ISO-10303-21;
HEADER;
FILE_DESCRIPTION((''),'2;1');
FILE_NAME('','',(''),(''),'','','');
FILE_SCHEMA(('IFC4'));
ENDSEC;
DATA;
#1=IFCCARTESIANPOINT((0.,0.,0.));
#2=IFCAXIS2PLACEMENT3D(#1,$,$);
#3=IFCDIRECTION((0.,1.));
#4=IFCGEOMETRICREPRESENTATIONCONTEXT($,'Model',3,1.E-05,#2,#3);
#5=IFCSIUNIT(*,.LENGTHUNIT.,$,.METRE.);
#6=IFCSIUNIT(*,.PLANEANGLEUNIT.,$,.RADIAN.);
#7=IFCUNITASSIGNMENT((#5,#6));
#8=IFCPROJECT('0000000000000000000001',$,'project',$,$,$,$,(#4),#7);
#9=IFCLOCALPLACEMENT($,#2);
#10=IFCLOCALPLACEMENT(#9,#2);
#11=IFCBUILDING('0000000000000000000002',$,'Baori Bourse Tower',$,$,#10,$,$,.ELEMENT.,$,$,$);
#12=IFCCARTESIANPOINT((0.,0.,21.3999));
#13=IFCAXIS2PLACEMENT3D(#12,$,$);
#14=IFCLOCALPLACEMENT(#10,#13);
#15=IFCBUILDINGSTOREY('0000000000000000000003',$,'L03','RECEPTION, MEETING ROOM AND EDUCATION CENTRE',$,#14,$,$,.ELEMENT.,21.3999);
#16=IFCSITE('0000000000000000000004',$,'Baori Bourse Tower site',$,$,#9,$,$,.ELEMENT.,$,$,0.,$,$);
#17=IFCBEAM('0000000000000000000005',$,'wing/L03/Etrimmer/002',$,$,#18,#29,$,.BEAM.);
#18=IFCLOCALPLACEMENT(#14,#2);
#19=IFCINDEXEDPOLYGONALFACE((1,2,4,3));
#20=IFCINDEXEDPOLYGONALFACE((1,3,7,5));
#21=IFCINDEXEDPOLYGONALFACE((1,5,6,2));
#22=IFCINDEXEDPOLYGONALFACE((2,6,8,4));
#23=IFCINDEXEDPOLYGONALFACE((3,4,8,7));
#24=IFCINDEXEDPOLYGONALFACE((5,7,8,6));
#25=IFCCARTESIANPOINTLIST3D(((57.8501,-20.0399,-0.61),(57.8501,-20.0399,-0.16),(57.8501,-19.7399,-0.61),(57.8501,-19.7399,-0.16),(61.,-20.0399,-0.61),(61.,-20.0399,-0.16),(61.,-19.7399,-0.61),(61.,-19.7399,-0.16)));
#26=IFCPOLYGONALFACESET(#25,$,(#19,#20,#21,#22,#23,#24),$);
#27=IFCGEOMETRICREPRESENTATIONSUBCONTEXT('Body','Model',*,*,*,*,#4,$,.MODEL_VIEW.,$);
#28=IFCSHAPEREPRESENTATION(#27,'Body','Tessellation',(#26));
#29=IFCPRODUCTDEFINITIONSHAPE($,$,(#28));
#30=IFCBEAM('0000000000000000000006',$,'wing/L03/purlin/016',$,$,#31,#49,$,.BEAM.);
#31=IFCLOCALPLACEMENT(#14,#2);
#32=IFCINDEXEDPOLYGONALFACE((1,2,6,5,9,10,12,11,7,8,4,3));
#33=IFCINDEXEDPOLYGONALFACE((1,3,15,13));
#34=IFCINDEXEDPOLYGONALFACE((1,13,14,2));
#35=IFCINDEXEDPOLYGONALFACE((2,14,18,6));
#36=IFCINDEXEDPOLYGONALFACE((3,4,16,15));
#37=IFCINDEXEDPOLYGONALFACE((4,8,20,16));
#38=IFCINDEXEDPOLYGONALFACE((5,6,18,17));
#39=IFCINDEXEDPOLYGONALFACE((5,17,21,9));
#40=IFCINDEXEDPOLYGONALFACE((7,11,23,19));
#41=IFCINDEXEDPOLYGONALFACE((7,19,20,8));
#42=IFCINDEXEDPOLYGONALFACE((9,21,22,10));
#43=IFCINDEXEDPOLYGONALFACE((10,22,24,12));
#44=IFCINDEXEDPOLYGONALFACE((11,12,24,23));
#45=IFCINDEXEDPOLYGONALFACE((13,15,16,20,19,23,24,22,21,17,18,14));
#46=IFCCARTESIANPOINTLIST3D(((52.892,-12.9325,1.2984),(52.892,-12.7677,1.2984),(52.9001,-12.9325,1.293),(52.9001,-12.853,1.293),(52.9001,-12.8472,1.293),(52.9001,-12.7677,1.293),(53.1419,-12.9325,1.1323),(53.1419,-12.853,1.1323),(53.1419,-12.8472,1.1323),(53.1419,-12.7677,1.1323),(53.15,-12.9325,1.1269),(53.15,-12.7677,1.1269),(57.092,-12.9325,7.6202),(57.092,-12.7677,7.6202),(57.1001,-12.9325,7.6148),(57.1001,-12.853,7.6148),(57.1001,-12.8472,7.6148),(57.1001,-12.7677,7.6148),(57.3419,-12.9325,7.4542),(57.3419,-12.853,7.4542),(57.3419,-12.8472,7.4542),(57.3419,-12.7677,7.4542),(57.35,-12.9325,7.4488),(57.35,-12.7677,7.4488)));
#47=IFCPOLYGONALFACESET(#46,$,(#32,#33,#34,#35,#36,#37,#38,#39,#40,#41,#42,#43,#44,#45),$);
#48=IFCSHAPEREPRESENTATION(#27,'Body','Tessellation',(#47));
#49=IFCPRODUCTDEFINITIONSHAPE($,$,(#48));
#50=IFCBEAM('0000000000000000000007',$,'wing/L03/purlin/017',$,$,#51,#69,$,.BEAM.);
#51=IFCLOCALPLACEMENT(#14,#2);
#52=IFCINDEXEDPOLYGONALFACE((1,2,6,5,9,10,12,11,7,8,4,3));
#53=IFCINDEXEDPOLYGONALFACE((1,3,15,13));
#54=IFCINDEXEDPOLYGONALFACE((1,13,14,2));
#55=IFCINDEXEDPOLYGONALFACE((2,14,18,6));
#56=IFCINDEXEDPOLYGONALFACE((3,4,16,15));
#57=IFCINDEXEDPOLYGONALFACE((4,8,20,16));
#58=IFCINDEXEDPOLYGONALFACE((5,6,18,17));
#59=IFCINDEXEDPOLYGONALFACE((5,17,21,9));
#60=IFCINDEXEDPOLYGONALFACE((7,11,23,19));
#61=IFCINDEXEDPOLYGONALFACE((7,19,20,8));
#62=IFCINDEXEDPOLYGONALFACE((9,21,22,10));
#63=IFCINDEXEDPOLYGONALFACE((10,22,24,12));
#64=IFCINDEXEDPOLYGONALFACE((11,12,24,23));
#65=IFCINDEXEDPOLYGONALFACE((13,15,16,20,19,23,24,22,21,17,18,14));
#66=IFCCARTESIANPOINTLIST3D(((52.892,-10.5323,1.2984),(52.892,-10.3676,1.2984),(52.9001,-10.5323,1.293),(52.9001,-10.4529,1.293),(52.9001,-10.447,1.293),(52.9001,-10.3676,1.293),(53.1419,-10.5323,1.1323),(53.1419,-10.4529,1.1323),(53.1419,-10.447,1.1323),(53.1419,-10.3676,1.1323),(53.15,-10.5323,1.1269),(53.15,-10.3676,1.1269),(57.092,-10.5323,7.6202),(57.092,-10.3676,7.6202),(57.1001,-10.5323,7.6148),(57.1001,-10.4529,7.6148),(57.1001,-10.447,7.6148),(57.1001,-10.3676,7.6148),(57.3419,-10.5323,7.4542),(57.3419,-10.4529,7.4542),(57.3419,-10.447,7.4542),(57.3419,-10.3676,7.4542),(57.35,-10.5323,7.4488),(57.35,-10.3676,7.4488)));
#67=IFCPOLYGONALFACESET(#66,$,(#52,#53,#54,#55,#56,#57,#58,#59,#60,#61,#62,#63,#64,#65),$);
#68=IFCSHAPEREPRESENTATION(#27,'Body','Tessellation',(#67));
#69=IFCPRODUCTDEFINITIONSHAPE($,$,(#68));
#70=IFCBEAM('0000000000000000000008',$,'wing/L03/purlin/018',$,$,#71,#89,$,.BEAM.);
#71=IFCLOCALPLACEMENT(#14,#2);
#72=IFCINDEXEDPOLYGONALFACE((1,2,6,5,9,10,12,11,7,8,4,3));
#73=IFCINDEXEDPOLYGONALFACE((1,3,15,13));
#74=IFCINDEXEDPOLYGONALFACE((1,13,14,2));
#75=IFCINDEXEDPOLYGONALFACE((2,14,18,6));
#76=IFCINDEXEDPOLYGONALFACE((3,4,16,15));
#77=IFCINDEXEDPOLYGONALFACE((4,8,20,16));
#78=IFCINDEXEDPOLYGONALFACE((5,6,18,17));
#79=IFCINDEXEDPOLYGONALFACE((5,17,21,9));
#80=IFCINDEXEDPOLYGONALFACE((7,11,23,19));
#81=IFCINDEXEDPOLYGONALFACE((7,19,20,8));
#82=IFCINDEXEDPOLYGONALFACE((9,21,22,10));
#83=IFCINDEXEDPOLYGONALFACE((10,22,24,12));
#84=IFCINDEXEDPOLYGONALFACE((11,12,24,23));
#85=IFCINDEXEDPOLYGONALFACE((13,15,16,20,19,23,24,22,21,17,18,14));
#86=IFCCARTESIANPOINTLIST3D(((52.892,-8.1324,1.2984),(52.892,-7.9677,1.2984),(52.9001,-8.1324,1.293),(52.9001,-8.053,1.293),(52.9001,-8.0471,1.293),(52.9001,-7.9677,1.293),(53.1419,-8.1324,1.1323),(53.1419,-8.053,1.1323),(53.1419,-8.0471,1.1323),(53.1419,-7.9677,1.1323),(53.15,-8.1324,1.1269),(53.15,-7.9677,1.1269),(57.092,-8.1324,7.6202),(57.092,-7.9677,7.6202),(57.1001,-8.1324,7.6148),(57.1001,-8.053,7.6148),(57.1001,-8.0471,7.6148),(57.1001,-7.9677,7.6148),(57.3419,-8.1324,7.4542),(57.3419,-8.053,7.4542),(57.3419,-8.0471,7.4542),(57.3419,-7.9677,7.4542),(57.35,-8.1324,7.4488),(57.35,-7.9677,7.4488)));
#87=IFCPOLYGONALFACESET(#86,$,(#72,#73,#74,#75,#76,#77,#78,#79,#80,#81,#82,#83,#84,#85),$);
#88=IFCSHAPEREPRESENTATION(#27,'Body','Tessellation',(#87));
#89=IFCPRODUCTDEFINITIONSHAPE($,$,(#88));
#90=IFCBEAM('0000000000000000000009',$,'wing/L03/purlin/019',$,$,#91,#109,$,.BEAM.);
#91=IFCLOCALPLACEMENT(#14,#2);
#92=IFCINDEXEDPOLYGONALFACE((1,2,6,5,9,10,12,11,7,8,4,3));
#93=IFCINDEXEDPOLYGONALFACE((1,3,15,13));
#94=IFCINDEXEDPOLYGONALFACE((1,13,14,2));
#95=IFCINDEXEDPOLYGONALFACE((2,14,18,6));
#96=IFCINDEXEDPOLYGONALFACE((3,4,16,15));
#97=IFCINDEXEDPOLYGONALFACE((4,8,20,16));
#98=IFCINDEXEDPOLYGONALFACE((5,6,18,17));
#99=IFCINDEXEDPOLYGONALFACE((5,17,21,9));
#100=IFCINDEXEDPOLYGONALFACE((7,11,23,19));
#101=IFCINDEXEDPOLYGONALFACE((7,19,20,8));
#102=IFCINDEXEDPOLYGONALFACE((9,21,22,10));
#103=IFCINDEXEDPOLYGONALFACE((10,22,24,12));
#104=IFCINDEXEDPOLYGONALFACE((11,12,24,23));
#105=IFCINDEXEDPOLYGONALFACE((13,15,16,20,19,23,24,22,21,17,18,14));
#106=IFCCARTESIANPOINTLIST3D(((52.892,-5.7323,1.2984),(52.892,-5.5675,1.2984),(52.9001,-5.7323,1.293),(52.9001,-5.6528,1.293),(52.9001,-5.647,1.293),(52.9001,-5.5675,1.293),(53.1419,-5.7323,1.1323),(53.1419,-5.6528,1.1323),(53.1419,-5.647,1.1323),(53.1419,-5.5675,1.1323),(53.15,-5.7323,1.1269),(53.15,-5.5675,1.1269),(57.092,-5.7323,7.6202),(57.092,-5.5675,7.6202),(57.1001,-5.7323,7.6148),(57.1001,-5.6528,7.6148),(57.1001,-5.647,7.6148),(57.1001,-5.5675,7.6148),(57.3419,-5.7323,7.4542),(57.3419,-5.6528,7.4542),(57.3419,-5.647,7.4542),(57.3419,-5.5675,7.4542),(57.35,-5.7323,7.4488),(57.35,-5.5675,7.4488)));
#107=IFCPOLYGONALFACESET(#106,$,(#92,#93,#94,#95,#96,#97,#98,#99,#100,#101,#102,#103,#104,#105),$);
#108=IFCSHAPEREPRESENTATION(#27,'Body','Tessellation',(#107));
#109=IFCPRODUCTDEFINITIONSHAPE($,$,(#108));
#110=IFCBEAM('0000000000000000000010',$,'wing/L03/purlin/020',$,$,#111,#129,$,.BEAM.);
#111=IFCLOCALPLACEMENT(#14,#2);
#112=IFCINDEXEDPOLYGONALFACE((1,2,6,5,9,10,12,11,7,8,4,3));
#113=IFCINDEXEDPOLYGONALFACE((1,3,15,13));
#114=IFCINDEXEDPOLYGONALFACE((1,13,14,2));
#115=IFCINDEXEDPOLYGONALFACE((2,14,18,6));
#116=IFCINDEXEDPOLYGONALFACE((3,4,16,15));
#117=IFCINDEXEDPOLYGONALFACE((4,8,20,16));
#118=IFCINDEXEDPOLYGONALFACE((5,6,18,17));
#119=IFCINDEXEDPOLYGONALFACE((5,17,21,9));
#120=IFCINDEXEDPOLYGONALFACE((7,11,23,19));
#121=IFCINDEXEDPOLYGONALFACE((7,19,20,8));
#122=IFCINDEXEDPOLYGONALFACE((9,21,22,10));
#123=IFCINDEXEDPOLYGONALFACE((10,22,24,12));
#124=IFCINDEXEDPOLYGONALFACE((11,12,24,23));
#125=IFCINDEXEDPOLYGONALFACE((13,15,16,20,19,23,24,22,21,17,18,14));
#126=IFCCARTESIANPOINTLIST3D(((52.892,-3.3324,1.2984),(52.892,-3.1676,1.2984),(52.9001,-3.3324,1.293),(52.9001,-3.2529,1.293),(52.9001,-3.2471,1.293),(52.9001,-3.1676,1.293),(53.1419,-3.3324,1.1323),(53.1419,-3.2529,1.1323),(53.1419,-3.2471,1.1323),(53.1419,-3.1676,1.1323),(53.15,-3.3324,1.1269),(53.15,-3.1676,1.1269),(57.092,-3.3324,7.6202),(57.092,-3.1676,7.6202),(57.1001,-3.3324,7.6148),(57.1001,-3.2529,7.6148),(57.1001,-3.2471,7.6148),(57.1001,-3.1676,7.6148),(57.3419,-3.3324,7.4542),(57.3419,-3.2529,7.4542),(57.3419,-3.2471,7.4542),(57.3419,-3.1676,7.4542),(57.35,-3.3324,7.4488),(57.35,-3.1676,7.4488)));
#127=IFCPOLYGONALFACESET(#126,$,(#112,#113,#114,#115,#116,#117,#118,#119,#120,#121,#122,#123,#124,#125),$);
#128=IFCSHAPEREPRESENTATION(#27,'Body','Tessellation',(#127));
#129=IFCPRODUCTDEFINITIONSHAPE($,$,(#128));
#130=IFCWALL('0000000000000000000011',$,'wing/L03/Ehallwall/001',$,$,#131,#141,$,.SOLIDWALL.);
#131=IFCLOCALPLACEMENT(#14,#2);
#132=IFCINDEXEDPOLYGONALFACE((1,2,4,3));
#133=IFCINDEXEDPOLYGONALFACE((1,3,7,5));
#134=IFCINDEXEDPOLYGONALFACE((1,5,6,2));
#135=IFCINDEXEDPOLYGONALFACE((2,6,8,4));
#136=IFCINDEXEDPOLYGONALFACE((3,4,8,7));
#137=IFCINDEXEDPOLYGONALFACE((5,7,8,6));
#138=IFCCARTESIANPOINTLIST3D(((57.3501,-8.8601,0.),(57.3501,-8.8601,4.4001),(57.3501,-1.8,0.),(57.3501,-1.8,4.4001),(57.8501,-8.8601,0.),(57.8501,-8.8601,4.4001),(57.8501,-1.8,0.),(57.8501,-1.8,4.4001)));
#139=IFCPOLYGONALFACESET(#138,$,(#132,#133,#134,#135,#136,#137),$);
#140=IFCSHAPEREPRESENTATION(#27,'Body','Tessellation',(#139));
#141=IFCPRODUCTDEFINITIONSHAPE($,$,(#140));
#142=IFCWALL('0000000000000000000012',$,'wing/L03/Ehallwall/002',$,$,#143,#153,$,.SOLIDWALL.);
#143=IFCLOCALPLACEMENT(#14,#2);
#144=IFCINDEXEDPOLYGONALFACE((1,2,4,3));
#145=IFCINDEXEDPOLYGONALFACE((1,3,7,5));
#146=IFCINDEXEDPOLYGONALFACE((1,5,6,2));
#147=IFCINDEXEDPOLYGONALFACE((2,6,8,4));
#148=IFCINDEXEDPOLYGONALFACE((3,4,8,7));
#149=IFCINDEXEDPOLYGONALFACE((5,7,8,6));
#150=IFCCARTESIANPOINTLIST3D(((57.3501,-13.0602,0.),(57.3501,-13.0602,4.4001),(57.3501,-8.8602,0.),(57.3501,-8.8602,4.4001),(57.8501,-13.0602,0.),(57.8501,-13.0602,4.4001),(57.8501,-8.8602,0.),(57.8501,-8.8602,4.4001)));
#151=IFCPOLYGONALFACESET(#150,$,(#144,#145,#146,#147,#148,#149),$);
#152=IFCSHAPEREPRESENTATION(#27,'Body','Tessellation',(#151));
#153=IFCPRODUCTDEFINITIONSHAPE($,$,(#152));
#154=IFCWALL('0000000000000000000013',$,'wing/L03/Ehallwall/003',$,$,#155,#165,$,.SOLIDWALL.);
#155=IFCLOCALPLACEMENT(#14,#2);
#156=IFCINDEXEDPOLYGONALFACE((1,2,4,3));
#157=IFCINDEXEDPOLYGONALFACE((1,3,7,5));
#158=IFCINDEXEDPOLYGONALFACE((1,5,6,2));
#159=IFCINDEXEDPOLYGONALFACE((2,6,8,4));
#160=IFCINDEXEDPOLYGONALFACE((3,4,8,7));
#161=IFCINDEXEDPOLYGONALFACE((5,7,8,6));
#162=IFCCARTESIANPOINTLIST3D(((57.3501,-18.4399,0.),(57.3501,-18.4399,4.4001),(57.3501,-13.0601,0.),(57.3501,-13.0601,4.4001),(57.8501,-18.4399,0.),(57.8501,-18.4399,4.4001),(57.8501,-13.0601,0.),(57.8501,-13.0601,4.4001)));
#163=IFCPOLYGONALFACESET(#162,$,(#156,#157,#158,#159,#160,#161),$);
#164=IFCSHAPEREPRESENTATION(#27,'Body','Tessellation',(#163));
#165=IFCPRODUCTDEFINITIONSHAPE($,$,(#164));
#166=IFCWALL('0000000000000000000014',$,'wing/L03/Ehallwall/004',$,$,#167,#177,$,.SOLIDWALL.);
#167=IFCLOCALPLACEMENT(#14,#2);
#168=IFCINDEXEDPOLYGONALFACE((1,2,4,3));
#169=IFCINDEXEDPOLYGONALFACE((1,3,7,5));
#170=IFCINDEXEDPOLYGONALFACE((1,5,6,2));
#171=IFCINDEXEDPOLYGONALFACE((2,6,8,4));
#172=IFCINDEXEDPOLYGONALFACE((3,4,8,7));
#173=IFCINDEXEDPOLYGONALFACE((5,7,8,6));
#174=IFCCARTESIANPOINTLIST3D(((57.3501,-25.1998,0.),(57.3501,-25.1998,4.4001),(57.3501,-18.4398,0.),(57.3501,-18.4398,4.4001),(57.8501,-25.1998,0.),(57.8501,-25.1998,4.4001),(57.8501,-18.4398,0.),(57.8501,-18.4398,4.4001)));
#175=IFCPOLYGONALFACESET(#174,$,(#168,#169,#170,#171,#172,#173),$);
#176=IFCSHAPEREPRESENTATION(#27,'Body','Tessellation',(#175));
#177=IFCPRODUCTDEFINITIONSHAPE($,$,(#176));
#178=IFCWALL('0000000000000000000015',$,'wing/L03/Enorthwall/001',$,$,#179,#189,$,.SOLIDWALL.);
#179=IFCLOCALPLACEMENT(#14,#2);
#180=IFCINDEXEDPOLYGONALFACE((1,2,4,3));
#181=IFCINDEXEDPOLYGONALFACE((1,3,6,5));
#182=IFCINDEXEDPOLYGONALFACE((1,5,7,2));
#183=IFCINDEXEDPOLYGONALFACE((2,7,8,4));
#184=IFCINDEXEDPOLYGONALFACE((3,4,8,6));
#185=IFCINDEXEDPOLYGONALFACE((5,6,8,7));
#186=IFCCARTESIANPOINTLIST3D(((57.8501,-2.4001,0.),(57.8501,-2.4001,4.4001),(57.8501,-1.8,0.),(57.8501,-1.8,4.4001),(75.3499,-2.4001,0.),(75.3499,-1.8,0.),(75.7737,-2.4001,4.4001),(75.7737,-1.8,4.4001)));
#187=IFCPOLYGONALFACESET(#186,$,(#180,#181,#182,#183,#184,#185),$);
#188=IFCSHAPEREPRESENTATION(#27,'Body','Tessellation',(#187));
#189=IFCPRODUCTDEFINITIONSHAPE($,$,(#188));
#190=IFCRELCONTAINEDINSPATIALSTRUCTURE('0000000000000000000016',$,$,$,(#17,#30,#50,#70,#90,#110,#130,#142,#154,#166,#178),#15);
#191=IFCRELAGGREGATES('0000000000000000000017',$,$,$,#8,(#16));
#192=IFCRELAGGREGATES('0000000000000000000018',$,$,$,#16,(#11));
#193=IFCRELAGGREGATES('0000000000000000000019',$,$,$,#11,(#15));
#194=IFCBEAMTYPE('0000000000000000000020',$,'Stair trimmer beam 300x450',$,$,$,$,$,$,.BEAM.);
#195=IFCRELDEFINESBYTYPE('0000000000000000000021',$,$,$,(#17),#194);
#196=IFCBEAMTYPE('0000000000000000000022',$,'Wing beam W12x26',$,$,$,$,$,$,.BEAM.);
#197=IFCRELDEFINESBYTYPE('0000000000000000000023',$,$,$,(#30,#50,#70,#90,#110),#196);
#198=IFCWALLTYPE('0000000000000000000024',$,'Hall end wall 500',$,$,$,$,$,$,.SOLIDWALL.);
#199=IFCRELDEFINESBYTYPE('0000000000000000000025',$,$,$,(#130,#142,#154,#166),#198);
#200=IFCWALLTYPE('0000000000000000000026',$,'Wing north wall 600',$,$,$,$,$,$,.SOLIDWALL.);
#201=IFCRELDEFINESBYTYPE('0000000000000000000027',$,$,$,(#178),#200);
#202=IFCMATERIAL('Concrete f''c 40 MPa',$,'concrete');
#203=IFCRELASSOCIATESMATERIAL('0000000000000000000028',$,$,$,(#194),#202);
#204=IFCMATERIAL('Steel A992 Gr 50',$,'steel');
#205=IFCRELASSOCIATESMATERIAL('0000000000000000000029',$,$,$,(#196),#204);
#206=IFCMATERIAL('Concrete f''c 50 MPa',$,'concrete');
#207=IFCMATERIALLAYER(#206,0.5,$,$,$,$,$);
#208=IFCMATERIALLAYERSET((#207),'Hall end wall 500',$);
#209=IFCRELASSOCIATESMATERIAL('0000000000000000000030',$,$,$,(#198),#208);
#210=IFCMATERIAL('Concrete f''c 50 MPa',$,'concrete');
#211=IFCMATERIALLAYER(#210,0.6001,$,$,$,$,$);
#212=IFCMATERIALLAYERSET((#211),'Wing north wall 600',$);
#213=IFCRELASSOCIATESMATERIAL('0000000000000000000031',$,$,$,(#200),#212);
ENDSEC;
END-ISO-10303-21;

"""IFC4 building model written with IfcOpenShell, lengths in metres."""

from ifc_helpers import new_model, si_unit, direction, frame, frame_2d, origin, origin_2d, place, context, subcontext, project, spatial, polyline, rectangle, i_section, outline, extrude, material, layer, layer_set, material_profile, profile_set, type_object, element, save


model = new_model("IFC4")

# Units and contexts
model_context = context("Model", 3, precision=1e-05, world=origin(), true_north=direction((0.0, 1.0)))
body_context = subcontext(model_context, "Body", "Model", "MODEL_VIEW")
ifc_project = project(units=[si_unit("LENGTHUNIT", "METRE"), si_unit("PLANEANGLEUNIT", "RADIAN")], contexts=[model_context])

# Site, building, storey
site_placement = place(None, origin())
site = spatial("IfcSite", under=ifc_project, at=site_placement, Name="Baori Bourse Tower site", CompositionType="ELEMENT", RefElevation=0.0)
building_placement = place(site_placement, origin())
building = spatial("IfcBuilding", under=site, at=building_placement, Name="Baori Bourse Tower", CompositionType="ELEMENT")
storey_placement = place(building_placement, frame((0.0, 0.0, 21.3999)))
storey = spatial("IfcBuildingStorey", under=building, at=storey_placement, Name="L03", Description="RECEPTION, MEETING ROOM AND EDUCATION CENTRE", CompositionType="ELEMENT", Elevation=21.3999)

# Beams
ifc_material_1 = material(Name="Concrete f'c 40 MPa", Category="concrete")
ifc_material_profile_1 = material_profile(ifc_material_1, rectangle(XDim=0.3, YDim=0.45, at=origin_2d()), Name="Stair trimmer beam 300x450")
ifc_profile_set_1 = profile_set([ifc_material_profile_1], Name="Concrete f'c 40 MPa")
beam_type_1 = type_object("IfcBeamType", Name="Stair trimmer beam 300x450", PredefinedType="BEAM", material=ifc_profile_set_1)
beam_placement = place(storey_placement, frame((57.8501, -19.8899, -0.385), z_axis=(1.0, 0.0, 0.0), x_axis=(0.0, 1.0, 0.0)))
element("IfcBeam", 1, at=beam_placement, inside=storey, type_object=beam_type_1, Name="wing/L03/Etrimmer/002", PredefinedType="BEAM", context=body_context, shape_type="SweptSolid", body=[
    extrude(rectangle(XDim=0.3, YDim=0.45, at=origin_2d()), origin(), (0.0, 0.0, 1.0), 3.1499),
])
ifc_material_2 = material(Name="Steel A992 Gr 50", Category="steel")
ifc_material_profile_2 = material_profile(ifc_material_2, i_section(OverallWidth=0.1648, OverallDepth=0.3098, WebThickness=0.0059, FlangeThickness=0.0098, at=origin_2d()), Name="W12x26")
ifc_profile_set_2 = profile_set([ifc_material_profile_2], Name="Steel A992 Gr 50")
beam_type_2 = type_object("IfcBeamType", Name="Wing beam W12x26", PredefinedType="BEAM", material=ifc_profile_set_2)
for number, where, z_axis, x_axis, name in (
    (2, (53.021, -12.8501, 1.2126), (0.553371, 0.0, 0.832935), (0.0, 1.0, 0.0), "wing/L03/purlin/016"),
    (3, (53.021, -10.45, 1.2126), (0.553371, 0.0, 0.832935), (0.0, 1.0, 0.0), "wing/L03/purlin/017"),
    (4, (53.021, -8.05, 1.2126), (0.553371, 0.0, 0.832935), (0.0, 1.0, 0.0), "wing/L03/purlin/018"),
    (5, (53.021, -5.6499, 1.2126), (0.553371, 0.0, 0.832935), (0.0, 1.0, 0.0), "wing/L03/purlin/019"),
    (6, (53.021, -3.25, 1.2126), (0.553371, 0.0, 0.832935), (0.0, 1.0, 0.0), "wing/L03/purlin/020"),
):
    element("IfcBeam", number, at=place(storey_placement, frame(where, z_axis=z_axis, x_axis=x_axis)), inside=storey, type_object=beam_type_2, Name=name, PredefinedType="BEAM", context=body_context, shape_type="SweptSolid", body=[
        extrude(i_section(OverallWidth=0.1648, OverallDepth=0.3098, WebThickness=0.0059, FlangeThickness=0.0098, at=origin_2d()), origin(), (0.0, 0.0, 1.0), 7.5898),
    ])

# Walls
ifc_material_3 = material(Name="Concrete f'c 50 MPa", Category="concrete")
ifc_layer_1 = layer(ifc_material_3, 0.5)
ifc_layer_set_1 = layer_set([ifc_layer_1], Name="Hall end wall 500")
wall_type_1 = type_object("IfcWallType", Name="Hall end wall 500", PredefinedType="SOLIDWALL", material=ifc_layer_set_1)
wall_1_placement = place(storey_placement, frame((57.6001, -1.8, 0.0), z_axis=(0.0, 0.0, 1.0), x_axis=(0.0, -1.0, 0.0)))
element("IfcWall", 7, at=wall_1_placement, inside=storey, type_object=wall_type_1, Name="wing/L03/Ehallwall/001", PredefinedType="SOLIDWALL", context=body_context, shape_type="SweptSolid", body=[
    extrude(rectangle(XDim=7.0601, YDim=0.5, at=frame_2d((3.53, 0.0))), origin(), (0.0, 0.0, 1.0), 4.4001),
])
wall_2_placement = place(storey_placement, frame((57.6001, -8.8601, 0.0), z_axis=(0.0, 0.0, 1.0), x_axis=(0.0, -1.0, 0.0)))
element("IfcWall", 8, at=wall_2_placement, inside=storey, type_object=wall_type_1, Name="wing/L03/Ehallwall/002", PredefinedType="SOLIDWALL", context=body_context, shape_type="SweptSolid", body=[
    extrude(rectangle(XDim=4.2, YDim=0.5, at=frame_2d((2.1001, 0.0))), origin(), (0.0, 0.0, 1.0), 4.4001),
])
wall_3_placement = place(storey_placement, frame((57.6001, -13.0601, 0.0), z_axis=(0.0, 0.0, 1.0), x_axis=(0.0, -1.0, 0.0)))
element("IfcWall", 9, at=wall_3_placement, inside=storey, type_object=wall_type_1, Name="wing/L03/Ehallwall/003", PredefinedType="SOLIDWALL", context=body_context, shape_type="SweptSolid", body=[
    extrude(rectangle(XDim=5.3799, YDim=0.5, at=frame_2d((2.6899, 0.0))), origin(), (0.0, 0.0, 1.0), 4.4001),
])
wall_4_placement = place(storey_placement, frame((57.6001, -18.4399, 0.0), z_axis=(0.0, 0.0, 1.0), x_axis=(0.0, -1.0, 0.0)))
element("IfcWall", 10, at=wall_4_placement, inside=storey, type_object=wall_type_1, Name="wing/L03/Ehallwall/004", PredefinedType="SOLIDWALL", context=body_context, shape_type="SweptSolid", body=[
    extrude(rectangle(XDim=6.76, YDim=0.5, at=frame_2d((3.3799, 0.0))), origin(), (0.0, 0.0, 1.0), 4.4001),
])
ifc_material_4 = material(Name="Concrete f'c 50 MPa", Category="concrete")
ifc_layer_2 = layer(ifc_material_4, 0.6001)
ifc_layer_set_2 = layer_set([ifc_layer_2], Name="Wing north wall 600")
wall_type_2 = type_object("IfcWallType", Name="Wing north wall 600", PredefinedType="SOLIDWALL", material=ifc_layer_set_2)
wall_5_placement = place(storey_placement, frame((57.8501, -2.1001, 0.0), z_axis=(0.0, 0.0, 1.0), x_axis=(1.0, 0.0, 0.0)))
element("IfcWall", 11, at=wall_5_placement, inside=storey, type_object=wall_type_2, Name="wing/L03/Enorthwall/001", PredefinedType="SOLIDWALL", context=body_context, shape_type="SweptSolid", body=[
    extrude(outline(polyline([(0.0, 0.0), (17.4998, 0.0), (17.9236, 4.4001), (0.0, 4.4001), (0.0, 0.0)])), frame((0.0, 0.3, 0.0), z_axis=(0.0, -1.0, 0.0), x_axis=(1.0, 0.0, 0.0)), (0.0, 0.0, 1.0), 0.6001),
])

save(model, "model.ifc")
